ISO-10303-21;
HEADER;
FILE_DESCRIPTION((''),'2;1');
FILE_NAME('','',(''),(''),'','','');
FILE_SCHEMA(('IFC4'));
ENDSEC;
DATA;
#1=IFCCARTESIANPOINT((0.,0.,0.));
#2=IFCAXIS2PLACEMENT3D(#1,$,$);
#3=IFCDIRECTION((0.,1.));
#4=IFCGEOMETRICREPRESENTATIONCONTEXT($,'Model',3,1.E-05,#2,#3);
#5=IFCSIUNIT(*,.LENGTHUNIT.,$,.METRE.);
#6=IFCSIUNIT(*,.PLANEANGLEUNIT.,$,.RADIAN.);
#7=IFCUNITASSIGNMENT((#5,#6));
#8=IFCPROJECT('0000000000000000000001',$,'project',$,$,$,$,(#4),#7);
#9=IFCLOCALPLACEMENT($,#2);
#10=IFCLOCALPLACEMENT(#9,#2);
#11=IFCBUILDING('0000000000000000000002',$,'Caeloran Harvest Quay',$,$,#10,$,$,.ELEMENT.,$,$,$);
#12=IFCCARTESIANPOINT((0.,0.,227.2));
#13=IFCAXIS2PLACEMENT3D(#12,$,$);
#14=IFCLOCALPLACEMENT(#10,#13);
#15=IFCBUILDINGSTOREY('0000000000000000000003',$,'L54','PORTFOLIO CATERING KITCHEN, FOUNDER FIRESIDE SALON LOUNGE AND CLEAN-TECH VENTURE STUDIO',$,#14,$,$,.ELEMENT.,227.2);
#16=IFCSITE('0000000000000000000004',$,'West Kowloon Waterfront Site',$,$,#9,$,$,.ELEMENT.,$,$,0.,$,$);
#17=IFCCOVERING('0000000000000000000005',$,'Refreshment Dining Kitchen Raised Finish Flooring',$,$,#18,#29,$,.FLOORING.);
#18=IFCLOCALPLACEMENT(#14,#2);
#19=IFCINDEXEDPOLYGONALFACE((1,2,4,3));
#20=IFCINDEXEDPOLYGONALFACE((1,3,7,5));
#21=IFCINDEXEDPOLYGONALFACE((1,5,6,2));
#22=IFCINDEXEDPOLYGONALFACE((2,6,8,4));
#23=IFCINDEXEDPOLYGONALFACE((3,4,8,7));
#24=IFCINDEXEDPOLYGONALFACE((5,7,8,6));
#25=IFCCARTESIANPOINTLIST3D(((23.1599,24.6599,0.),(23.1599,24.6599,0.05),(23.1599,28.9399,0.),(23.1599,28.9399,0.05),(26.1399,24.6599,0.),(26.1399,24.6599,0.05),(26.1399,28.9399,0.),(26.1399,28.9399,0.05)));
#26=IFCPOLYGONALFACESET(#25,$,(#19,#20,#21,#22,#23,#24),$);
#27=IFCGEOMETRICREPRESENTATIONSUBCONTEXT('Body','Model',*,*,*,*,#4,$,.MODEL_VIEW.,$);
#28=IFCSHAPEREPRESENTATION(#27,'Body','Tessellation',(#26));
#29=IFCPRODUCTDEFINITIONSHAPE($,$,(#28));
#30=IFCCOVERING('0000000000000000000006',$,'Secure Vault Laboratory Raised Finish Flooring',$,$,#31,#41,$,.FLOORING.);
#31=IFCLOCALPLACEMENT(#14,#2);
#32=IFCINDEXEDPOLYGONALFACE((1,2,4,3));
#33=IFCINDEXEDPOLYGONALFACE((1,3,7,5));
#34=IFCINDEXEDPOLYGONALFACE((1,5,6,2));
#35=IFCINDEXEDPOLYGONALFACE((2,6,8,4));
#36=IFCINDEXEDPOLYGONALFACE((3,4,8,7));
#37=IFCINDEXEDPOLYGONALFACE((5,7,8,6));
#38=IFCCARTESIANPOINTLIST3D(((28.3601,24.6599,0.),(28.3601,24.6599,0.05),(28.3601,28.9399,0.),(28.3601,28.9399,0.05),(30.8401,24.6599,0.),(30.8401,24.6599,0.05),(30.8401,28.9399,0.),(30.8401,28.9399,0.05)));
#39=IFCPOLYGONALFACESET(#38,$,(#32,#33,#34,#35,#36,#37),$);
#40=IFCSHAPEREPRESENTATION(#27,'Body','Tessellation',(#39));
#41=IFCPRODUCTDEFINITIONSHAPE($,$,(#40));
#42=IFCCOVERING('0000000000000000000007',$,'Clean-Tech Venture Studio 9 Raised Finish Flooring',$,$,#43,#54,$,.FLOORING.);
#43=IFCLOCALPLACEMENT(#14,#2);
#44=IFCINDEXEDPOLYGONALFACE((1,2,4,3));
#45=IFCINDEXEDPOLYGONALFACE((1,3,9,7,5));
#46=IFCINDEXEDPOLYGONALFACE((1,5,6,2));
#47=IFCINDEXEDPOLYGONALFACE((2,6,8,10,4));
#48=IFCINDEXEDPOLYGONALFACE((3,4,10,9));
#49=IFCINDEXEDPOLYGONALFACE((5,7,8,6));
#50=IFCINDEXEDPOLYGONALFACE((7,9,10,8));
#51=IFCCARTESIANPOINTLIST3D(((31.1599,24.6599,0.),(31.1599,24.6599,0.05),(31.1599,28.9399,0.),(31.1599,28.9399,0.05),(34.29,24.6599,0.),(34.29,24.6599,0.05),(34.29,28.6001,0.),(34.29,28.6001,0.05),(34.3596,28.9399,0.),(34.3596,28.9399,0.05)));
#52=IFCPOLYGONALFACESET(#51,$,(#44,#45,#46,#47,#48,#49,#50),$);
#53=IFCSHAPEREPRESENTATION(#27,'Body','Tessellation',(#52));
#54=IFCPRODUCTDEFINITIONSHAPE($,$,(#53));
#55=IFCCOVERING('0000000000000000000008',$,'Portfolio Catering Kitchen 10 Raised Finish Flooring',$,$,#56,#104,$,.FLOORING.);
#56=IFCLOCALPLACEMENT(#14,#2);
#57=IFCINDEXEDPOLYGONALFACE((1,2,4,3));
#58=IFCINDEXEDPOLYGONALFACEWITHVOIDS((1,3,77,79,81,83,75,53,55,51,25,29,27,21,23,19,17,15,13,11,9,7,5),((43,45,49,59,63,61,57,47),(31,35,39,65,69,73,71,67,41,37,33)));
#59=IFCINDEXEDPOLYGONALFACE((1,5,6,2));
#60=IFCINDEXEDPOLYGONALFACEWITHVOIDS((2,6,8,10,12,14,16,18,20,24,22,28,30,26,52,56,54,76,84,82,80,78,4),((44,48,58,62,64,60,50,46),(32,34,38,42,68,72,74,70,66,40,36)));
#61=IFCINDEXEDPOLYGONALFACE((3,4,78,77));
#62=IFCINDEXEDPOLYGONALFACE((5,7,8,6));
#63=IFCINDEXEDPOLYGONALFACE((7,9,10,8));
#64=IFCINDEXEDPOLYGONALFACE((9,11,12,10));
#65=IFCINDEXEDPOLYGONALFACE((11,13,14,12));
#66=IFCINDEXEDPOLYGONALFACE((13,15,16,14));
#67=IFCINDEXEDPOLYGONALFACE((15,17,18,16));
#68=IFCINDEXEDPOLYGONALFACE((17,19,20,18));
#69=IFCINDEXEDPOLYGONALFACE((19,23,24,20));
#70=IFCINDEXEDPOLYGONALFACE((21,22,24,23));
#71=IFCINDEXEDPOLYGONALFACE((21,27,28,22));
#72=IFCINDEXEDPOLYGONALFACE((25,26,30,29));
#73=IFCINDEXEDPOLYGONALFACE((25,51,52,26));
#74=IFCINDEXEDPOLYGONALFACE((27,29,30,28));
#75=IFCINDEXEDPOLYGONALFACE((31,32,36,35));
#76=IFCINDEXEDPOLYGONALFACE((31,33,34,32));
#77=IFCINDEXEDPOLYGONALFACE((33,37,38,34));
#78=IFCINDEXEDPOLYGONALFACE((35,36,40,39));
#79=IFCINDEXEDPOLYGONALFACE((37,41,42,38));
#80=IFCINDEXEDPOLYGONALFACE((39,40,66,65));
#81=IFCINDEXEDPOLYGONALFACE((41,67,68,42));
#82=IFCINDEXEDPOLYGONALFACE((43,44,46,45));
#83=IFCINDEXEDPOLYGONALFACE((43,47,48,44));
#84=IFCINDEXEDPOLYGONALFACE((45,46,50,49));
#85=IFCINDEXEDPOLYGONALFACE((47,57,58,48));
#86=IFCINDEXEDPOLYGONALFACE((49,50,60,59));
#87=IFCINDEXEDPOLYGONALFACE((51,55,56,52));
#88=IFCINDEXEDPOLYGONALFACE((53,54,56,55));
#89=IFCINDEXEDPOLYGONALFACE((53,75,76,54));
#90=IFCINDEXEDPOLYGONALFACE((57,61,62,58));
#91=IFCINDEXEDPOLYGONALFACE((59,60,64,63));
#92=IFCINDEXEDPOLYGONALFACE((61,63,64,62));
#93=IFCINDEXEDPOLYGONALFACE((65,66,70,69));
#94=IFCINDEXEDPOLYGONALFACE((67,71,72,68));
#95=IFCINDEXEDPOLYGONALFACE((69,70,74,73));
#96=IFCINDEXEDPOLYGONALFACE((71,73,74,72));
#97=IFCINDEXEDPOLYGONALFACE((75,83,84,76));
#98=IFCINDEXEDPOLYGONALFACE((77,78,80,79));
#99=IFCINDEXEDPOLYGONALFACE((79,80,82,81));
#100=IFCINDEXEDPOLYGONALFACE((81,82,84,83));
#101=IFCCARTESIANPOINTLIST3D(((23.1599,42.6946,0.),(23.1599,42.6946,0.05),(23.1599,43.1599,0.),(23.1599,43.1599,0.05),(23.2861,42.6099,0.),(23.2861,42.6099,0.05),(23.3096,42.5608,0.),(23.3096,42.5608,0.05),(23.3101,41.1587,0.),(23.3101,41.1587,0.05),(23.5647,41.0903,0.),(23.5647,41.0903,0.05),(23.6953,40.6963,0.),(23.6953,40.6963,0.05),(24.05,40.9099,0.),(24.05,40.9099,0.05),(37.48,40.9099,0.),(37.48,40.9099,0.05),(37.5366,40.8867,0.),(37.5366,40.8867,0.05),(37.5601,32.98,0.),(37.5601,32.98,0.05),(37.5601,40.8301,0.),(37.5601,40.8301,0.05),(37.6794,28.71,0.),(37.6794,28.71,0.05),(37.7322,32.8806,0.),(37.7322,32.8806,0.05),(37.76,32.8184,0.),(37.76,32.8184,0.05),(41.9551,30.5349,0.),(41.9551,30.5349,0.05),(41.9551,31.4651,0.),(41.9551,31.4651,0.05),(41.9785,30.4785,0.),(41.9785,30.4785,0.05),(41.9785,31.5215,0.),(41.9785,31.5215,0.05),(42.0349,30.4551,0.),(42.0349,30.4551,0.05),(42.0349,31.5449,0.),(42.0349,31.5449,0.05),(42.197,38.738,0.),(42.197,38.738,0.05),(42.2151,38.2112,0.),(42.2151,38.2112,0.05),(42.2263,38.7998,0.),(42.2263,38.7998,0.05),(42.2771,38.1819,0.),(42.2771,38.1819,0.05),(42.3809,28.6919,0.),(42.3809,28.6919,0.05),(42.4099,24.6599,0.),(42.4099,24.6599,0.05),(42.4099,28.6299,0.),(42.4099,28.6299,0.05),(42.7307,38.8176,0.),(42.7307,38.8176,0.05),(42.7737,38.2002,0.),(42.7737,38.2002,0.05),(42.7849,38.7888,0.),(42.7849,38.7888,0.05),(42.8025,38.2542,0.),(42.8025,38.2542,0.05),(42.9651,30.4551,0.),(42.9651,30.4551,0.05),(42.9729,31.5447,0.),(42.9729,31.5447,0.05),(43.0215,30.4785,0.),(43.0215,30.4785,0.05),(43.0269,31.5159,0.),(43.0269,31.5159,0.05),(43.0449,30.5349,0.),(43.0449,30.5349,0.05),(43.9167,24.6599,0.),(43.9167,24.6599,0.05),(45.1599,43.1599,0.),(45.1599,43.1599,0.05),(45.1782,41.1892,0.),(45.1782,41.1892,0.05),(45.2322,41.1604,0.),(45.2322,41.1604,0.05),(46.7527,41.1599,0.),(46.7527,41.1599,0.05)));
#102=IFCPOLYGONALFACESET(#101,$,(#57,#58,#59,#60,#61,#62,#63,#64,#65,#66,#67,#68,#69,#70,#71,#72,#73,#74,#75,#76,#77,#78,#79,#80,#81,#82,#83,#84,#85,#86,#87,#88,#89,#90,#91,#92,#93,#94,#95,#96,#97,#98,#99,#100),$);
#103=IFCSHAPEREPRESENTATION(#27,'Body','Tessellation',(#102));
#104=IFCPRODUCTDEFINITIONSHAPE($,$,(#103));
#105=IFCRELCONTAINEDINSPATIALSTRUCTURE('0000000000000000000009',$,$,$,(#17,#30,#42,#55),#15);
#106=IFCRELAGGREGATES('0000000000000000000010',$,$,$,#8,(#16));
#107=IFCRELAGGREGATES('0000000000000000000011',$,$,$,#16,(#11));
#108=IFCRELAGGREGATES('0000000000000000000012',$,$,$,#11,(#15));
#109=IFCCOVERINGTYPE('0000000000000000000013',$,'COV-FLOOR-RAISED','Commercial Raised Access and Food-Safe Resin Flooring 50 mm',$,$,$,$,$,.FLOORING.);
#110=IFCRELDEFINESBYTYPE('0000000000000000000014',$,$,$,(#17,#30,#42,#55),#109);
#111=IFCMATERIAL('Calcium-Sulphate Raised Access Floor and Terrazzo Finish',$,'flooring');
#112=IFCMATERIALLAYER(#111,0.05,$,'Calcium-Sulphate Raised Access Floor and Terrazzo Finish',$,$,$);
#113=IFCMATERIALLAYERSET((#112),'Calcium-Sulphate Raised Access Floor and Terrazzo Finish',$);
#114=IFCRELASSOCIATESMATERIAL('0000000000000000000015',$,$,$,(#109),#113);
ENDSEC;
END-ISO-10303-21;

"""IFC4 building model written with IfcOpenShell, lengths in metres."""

from ifc_helpers import new_model, si_unit, direction, frame, origin, place, context, subcontext, project, spatial, polyline, outline, extrude, material, layer, layer_set, type_object, element, save


model = new_model("IFC4")

# Units and contexts
model_context = context("Model", 3, precision=1e-05, world=origin(), true_north=direction((0.0, 1.0)))
body_context = subcontext(model_context, "Body", "Model", "MODEL_VIEW")
ifc_project = project(units=[si_unit("LENGTHUNIT", "METRE"), si_unit("PLANEANGLEUNIT", "RADIAN")], contexts=[model_context])

# Site, building, storey
site_placement = place(None, origin())
site = spatial("IfcSite", under=ifc_project, at=site_placement, Name="West Kowloon Waterfront Site", CompositionType="ELEMENT", RefElevation=0.0)
building_placement = place(site_placement, origin())
building = spatial("IfcBuilding", under=site, at=building_placement, Name="Caeloran Harvest Quay", CompositionType="ELEMENT")
storey_placement = place(building_placement, frame((0.0, 0.0, 227.2)))
storey = spatial("IfcBuildingStorey", under=building, at=storey_placement, Name="L54", Description="PORTFOLIO CATERING KITCHEN, FOUNDER FIRESIDE SALON LOUNGE AND CLEAN-TECH VENTURE STUDIO", CompositionType="ELEMENT", Elevation=227.2)

# Coverings
ifc_material_1 = material(Name="Calcium-Sulphate Raised Access Floor and Terrazzo Finish", Category="flooring")
ifc_layer_1 = layer(ifc_material_1, 0.05, Name="Calcium-Sulphate Raised Access Floor and Terrazzo Finish")
ifc_layer_set_1 = layer_set([ifc_layer_1], Name="Calcium-Sulphate Raised Access Floor and Terrazzo Finish")
covering_type_1 = type_object("IfcCoveringType", Name="COV-FLOOR-RAISED", Description="Commercial Raised Access and Food-Safe Resin Flooring 50 mm", PredefinedType="FLOORING", material=ifc_layer_set_1)
covering_1_placement = place(storey_placement, origin())
element("IfcCovering", 1, at=covering_1_placement, inside=storey, type_object=covering_type_1, Name="Refreshment Dining Kitchen Raised Finish Flooring", PredefinedType="FLOORING", context=body_context, shape_type="SweptSolid", body=[
    extrude(outline(polyline([(23.1599, 28.9399), (26.1399, 28.9399), (26.1399, 24.6599), (23.1599, 24.6599), (23.1599, 28.9399)])), origin(), (0.0, 0.0, 1.0), 0.05),
])
covering_2_placement = place(storey_placement, origin())
element("IfcCovering", 2, at=covering_2_placement, inside=storey, type_object=covering_type_1, Name="Secure Vault Laboratory Raised Finish Flooring", PredefinedType="FLOORING", context=body_context, shape_type="SweptSolid", body=[
    extrude(outline(polyline([(28.3601, 24.6599), (28.3601, 28.9399), (30.8401, 28.9399), (30.8401, 24.6599), (28.3601, 24.6599)])), origin(), (0.0, 0.0, 1.0), 0.05),
])
covering_3_placement = place(storey_placement, origin())
element("IfcCovering", 3, at=covering_3_placement, inside=storey, type_object=covering_type_1, Name="Clean-Tech Venture Studio 9 Raised Finish Flooring", PredefinedType="FLOORING", context=body_context, shape_type="SweptSolid", body=[
    extrude(outline(polyline([(34.3596, 28.9399), (34.29, 28.6001), (34.29, 24.6599), (31.1599, 24.6599), (31.1599, 28.9399), (34.3596, 28.9399)])), origin(), (0.0, 0.0, 1.0), 0.05),
])
covering_4_placement = place(storey_placement, origin())
element("IfcCovering", 4, at=covering_4_placement, inside=storey, type_object=covering_type_1, Name="Portfolio Catering Kitchen 10 Raised Finish Flooring", PredefinedType="FLOORING", context=body_context, shape_type="SweptSolid", body=[
    extrude(outline(polyline([(45.1599, 43.1599), (45.1782, 41.1892), (45.2322, 41.1604), (46.7527, 41.1599), (43.9167, 24.6599), (42.4099, 24.6599), (42.4099, 28.6299), (42.3809, 28.6919), (37.6794, 28.71), (37.76, 32.8184), (37.7322, 32.8806), (37.5601, 32.98), (37.5601, 40.8301), (37.5366, 40.8867), (37.48, 40.9099), (24.05, 40.9099), (23.6953, 40.6963), (23.5647, 41.0903), (23.3101, 41.1587), (23.3096, 42.5608), (23.2861, 42.6099), (23.1599, 42.6946), (23.1599, 43.1599), (45.1599, 43.1599)]), holes=[polyline([(43.0449, 30.5349), (43.0269, 31.5159), (42.9729, 31.5447), (42.0349, 31.5449), (41.9785, 31.5215), (41.9551, 31.4651), (41.9551, 30.5349), (41.9785, 30.4785), (42.0349, 30.4551), (42.9651, 30.4551), (43.0215, 30.4785), (43.0449, 30.5349)]), polyline([(42.8025, 38.2542), (42.7849, 38.7888), (42.7307, 38.8176), (42.2263, 38.7998), (42.197, 38.738), (42.2151, 38.2112), (42.2771, 38.1819), (42.7737, 38.2002), (42.8025, 38.2542)])]), origin(), (0.0, 0.0, 1.0), 0.05),
])

save(model, "model.ifc")
